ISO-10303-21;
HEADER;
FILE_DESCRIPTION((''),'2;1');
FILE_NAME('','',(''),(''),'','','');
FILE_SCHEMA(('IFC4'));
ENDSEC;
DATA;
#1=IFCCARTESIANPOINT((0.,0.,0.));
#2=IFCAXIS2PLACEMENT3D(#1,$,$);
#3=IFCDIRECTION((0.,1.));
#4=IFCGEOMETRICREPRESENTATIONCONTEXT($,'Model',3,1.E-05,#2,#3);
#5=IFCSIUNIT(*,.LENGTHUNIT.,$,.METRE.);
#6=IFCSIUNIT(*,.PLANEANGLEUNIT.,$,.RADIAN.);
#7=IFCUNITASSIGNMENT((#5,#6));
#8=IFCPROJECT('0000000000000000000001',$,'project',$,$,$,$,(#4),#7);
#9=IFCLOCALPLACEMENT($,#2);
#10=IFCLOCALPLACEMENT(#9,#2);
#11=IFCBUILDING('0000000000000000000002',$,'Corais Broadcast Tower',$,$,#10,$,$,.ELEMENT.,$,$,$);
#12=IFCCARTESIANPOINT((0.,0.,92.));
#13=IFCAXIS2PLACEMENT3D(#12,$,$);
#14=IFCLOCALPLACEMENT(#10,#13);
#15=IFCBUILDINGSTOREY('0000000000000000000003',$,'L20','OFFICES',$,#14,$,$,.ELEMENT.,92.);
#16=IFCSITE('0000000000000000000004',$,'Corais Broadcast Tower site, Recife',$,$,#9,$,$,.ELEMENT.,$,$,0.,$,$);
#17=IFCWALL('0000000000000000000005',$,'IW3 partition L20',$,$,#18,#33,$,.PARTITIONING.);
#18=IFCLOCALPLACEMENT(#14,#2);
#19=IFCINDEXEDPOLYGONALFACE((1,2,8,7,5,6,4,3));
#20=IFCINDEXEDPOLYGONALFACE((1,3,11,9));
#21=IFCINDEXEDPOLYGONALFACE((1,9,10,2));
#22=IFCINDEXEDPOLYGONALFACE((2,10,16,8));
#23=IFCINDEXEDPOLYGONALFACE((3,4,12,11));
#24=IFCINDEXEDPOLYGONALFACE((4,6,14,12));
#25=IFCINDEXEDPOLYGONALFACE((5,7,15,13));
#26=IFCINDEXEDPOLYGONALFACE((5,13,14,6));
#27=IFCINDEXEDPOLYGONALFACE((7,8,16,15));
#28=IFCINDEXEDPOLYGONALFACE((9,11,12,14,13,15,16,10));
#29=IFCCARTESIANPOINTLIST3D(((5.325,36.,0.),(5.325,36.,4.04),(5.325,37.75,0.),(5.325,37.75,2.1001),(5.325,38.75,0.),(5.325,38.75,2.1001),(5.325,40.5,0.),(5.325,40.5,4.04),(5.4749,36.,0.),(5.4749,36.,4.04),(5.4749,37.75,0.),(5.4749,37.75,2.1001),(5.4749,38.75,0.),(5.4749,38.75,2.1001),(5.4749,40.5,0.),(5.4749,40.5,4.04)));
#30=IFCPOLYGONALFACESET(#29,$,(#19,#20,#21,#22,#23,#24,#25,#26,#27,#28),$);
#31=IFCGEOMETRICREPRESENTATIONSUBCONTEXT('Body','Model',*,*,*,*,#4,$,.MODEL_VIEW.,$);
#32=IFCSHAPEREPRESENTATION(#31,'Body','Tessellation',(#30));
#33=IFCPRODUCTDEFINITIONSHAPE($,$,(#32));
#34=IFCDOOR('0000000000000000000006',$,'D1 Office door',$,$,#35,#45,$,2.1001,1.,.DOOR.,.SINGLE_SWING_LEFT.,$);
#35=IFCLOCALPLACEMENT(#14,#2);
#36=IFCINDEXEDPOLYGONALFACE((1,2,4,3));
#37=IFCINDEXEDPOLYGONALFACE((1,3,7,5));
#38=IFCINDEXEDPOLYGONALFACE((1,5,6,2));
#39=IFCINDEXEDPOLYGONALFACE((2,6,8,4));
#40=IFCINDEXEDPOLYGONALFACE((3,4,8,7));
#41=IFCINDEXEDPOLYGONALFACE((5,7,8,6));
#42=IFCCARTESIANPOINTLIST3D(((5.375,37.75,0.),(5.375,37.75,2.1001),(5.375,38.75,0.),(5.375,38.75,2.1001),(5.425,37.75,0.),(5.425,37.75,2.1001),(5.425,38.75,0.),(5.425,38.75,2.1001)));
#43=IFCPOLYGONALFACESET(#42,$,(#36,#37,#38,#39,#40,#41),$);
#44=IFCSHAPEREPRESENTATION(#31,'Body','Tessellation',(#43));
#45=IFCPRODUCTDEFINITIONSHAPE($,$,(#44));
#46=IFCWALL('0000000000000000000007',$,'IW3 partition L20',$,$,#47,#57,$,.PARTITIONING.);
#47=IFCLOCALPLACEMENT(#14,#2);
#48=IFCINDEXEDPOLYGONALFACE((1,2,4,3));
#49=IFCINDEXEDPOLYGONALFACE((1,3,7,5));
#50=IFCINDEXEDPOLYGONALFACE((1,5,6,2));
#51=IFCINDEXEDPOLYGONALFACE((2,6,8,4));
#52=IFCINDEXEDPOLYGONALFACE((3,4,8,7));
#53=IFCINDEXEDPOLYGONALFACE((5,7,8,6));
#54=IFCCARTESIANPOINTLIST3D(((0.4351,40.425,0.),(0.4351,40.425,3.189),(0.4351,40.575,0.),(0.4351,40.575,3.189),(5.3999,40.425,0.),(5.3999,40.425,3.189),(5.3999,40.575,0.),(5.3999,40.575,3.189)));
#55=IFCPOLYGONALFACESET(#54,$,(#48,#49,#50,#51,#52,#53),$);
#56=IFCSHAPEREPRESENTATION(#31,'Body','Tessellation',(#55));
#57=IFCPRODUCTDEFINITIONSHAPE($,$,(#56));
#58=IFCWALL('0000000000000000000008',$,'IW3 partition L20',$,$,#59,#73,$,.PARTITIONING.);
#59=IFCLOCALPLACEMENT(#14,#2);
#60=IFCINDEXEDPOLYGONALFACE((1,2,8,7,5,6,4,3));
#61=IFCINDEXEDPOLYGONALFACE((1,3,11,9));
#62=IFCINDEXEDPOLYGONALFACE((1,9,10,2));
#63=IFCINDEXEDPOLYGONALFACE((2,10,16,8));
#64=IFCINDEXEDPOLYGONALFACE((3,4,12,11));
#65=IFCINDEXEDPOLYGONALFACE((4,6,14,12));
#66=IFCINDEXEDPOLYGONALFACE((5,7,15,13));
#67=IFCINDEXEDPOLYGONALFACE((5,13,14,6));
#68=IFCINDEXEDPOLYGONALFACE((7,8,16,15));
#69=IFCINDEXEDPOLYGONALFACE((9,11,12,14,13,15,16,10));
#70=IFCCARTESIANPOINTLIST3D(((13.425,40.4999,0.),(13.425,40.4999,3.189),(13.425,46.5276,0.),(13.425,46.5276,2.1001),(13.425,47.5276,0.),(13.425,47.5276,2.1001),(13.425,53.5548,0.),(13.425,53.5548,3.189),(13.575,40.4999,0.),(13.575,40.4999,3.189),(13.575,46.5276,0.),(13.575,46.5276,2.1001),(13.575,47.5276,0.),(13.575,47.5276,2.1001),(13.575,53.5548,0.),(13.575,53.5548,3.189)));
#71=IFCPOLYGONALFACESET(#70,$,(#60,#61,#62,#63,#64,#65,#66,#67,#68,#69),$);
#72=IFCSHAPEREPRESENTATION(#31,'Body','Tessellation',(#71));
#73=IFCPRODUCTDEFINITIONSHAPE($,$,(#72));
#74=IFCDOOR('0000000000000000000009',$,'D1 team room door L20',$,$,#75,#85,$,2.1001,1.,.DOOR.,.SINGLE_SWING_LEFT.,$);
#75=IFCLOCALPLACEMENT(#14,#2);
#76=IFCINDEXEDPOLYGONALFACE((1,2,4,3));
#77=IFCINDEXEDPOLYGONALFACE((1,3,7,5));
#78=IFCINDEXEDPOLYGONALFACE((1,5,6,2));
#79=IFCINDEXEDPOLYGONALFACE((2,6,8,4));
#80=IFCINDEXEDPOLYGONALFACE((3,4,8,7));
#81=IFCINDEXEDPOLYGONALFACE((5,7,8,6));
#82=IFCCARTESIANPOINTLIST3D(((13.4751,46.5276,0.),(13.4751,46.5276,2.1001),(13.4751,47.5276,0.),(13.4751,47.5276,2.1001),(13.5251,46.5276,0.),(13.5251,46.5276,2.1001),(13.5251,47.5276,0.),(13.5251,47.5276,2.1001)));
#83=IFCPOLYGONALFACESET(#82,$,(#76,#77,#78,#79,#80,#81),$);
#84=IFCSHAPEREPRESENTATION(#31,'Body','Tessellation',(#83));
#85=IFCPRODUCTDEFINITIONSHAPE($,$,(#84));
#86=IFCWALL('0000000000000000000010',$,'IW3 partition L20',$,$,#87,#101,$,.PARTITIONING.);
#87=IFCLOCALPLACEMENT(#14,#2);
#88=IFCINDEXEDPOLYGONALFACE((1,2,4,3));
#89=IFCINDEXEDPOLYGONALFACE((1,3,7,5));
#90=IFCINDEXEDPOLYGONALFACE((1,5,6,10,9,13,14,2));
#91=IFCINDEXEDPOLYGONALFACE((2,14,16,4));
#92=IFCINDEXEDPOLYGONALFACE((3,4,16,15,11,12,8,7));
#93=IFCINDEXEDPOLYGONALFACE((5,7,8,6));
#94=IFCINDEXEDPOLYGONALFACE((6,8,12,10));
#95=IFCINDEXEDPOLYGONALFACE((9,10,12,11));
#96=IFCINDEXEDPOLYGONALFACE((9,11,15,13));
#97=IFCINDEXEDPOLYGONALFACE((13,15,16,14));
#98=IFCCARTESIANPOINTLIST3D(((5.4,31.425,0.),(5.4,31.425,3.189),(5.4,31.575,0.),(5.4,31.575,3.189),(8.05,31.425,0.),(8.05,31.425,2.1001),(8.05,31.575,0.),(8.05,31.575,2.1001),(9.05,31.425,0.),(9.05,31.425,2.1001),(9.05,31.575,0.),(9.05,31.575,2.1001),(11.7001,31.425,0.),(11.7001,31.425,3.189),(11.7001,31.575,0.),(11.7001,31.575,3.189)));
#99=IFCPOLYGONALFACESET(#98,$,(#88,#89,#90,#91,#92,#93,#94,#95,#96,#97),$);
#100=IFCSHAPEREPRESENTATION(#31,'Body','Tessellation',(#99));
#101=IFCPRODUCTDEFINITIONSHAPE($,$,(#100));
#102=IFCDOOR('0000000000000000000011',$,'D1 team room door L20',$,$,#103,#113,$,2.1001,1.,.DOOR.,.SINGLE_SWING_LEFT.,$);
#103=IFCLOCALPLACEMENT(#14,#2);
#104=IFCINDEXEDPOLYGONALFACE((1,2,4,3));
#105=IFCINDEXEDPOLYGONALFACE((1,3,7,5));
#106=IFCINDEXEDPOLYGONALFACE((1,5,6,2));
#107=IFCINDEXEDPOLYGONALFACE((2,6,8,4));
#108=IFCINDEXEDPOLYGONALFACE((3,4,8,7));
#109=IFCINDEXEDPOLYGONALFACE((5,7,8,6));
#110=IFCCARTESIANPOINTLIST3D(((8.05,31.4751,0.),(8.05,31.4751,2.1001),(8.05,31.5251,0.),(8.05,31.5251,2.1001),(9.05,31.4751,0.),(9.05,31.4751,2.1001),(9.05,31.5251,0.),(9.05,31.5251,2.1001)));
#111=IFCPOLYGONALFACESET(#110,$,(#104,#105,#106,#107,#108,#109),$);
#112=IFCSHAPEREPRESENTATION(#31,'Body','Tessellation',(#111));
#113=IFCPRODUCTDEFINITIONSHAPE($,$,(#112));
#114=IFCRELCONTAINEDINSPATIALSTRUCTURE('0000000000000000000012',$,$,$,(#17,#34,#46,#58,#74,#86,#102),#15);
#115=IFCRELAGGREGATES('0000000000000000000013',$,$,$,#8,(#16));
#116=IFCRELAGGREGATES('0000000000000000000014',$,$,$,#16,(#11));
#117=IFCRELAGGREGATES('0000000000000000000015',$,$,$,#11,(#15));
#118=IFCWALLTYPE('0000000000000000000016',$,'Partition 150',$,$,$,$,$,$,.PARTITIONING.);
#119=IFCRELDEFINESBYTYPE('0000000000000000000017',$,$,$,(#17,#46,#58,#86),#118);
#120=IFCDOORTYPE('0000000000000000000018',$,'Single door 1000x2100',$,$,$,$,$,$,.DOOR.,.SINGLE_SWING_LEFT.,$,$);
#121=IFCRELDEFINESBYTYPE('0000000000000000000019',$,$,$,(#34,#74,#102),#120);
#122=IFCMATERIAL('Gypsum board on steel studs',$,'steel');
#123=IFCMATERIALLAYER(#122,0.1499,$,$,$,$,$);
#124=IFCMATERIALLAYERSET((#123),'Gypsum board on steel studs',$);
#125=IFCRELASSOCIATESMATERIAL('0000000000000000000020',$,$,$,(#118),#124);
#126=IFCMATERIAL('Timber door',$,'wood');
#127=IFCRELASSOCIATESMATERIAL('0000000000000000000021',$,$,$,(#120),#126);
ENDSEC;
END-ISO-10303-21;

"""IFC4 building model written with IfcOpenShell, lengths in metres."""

from ifc_helpers import new_model, si_unit, direction, frame, frame_2d, origin, place, context, subcontext, project, spatial, rectangle, extrude, material, layer, layer_set, type_object, element, fill, save


model = new_model("IFC4")

# Units and contexts
model_context = context("Model", 3, precision=1e-05, world=origin(), true_north=direction((0.0, 1.0)))
body_context = subcontext(model_context, "Body", "Model", "MODEL_VIEW")
ifc_project = project(units=[si_unit("LENGTHUNIT", "METRE"), si_unit("PLANEANGLEUNIT", "RADIAN")], contexts=[model_context])

# Site, building, storey
site_placement = place(None, origin())
site = spatial("IfcSite", under=ifc_project, at=site_placement, Name="Corais Broadcast Tower site, Recife", CompositionType="ELEMENT", RefElevation=0.0)
building_placement = place(site_placement, origin())
building = spatial("IfcBuilding", under=site, at=building_placement, Name="Corais Broadcast Tower", CompositionType="ELEMENT")
storey_placement = place(building_placement, frame((0.0, 0.0, 92.0)))
storey = spatial("IfcBuildingStorey", under=building, at=storey_placement, Name="L20", Description="OFFICES", CompositionType="ELEMENT", Elevation=92.0)

# Shared definitions
ifc_material_1 = material(Name="Gypsum board on steel studs", Category="steel")
ifc_layer_1 = layer(ifc_material_1, 0.1499)
ifc_layer_set_1 = layer_set([ifc_layer_1], Name="Gypsum board on steel studs")
wall_type_1 = type_object("IfcWallType", Name="Partition 150", PredefinedType="PARTITIONING", material=ifc_layer_set_1)
ifc_material_2 = material(Name="Timber door", Category="wood")
door_type_1 = type_object("IfcDoorType", Name="Single door 1000x2100", OperationType="SINGLE_SWING_LEFT", PredefinedType="DOOR", material=ifc_material_2)

# Wall, opening, door
wall_1_placement = place(storey_placement, frame((5.3999, 36.0, 0.0), z_axis=(0.0, 0.0, 1.0), x_axis=(0.0, 1.0, 0.0)))
wall_1 = element("IfcWall", 1, at=wall_1_placement, inside=storey, type_object=wall_type_1, Name="IW3 partition L20", PredefinedType="PARTITIONING", context=body_context, shape_type="SweptSolid", body=[
    extrude(rectangle(XDim=4.5, YDim=0.1499, at=frame_2d((2.25, 0.0))), origin(), (0.0, 0.0, 1.0), 4.04),
])
opening_1_placement = place(wall_1_placement, frame((1.75, 0.0, 0.0)))
opening_1 = element("IfcOpeningElement", 2, at=opening_1_placement, cuts=wall_1, PredefinedType="OPENING", context=body_context, shape_type="SweptSolid", body=[
    extrude(rectangle(XDim=1.0, YDim=2.1001, at=frame_2d((0.5, 1.05))), frame((0.0, 0.085, 0.0), z_axis=(0.0, -1.0, 0.0), x_axis=(1.0, 0.0, 0.0)), (0.0, 0.0, 1.0), 0.1699),
])
door_1_placement = place(opening_1_placement, origin())
door_1 = element("IfcDoor", 3, at=door_1_placement, inside=storey, type_object=door_type_1, Name="D1 Office door", OperationType="SINGLE_SWING_LEFT", OverallHeight=2.1001, OverallWidth=1.0, PredefinedType="DOOR", context=body_context, shape_type="SweptSolid", body=[
    extrude(rectangle(XDim=1.0, YDim=2.1001, at=frame_2d((0.5, 1.05))), frame((0.0, 0.0249, 0.0), z_axis=(0.0, -1.0, 0.0), x_axis=(1.0, 0.0, 0.0)), (0.0, 0.0, 1.0), 0.05),
])
fill(opening_1, door_1)

# Wall
wall_2_placement = place(storey_placement, frame((5.3999, 40.5, 0.0), z_axis=(0.0, 0.0, 1.0), x_axis=(-1.0, 0.0, 0.0)))
element("IfcWall", 4, at=wall_2_placement, inside=storey, type_object=wall_type_1, Name="IW3 partition L20", PredefinedType="PARTITIONING", context=body_context, shape_type="SweptSolid", body=[
    extrude(rectangle(XDim=4.9648, YDim=0.1499, at=frame_2d((2.4824, 0.0))), origin(), (0.0, 0.0, 1.0), 3.189),
])

# Walls, openings, doors
wall_3_placement = place(storey_placement, frame((13.5, 40.5, 0.0), z_axis=(0.0, 0.0, 1.0), x_axis=(0.0, 1.0, 0.0)))
wall_3 = element("IfcWall", 5, at=wall_3_placement, inside=storey, type_object=wall_type_1, Name="IW3 partition L20", PredefinedType="PARTITIONING", context=body_context, shape_type="SweptSolid", body=[
    extrude(rectangle(XDim=13.0549, YDim=0.1499, at=frame_2d((6.5273, 0.0))), origin(), (0.0, 0.0, 1.0), 3.189),
])
opening_2_placement = place(wall_3_placement, frame((6.0276, 0.0, 0.0)))
opening_2 = element("IfcOpeningElement", 6, at=opening_2_placement, cuts=wall_3, PredefinedType="OPENING", context=body_context, shape_type="SweptSolid", body=[
    extrude(rectangle(XDim=1.0, YDim=2.1001, at=frame_2d((0.5, 1.05))), frame((0.0, 0.085, 0.0), z_axis=(0.0, -1.0, 0.0), x_axis=(1.0, 0.0, 0.0)), (0.0, 0.0, 1.0), 0.1699),
])
door_2_placement = place(opening_2_placement, origin())
door_2 = element("IfcDoor", 7, at=door_2_placement, inside=storey, type_object=door_type_1, Name="D1 team room door L20", OperationType="SINGLE_SWING_LEFT", OverallHeight=2.1001, OverallWidth=1.0, PredefinedType="DOOR", context=body_context, shape_type="SweptSolid", body=[
    extrude(rectangle(XDim=1.0, YDim=2.1001, at=frame_2d((0.5, 1.05))), frame((0.0, 0.0249, 0.0), z_axis=(0.0, -1.0, 0.0), x_axis=(1.0, 0.0, 0.0)), (0.0, 0.0, 1.0), 0.05),
])
fill(opening_2, door_2)
wall_4_placement = place(storey_placement, frame((11.7, 31.5, 0.0), z_axis=(0.0, 0.0, 1.0), x_axis=(-1.0, 0.0, 0.0)))
wall_4 = element("IfcWall", 8, at=wall_4_placement, inside=storey, type_object=wall_type_1, Name="IW3 partition L20", PredefinedType="PARTITIONING", context=body_context, shape_type="SweptSolid", body=[
    extrude(rectangle(XDim=6.3, YDim=0.1499, at=frame_2d((3.1499, 0.0))), origin(), (0.0, 0.0, 1.0), 3.189),
])
opening_3_placement = place(wall_4_placement, frame((2.6499, 0.0, 0.0)))
opening_3 = element("IfcOpeningElement", 9, at=opening_3_placement, cuts=wall_4, PredefinedType="OPENING", context=body_context, shape_type="SweptSolid", body=[
    extrude(rectangle(XDim=1.0, YDim=2.1001, at=frame_2d((0.5, 1.05))), frame((0.0, 0.085, 0.0), z_axis=(0.0, -1.0, 0.0), x_axis=(1.0, 0.0, 0.0)), (0.0, 0.0, 1.0), 0.1699),
])
door_3_placement = place(opening_3_placement, origin())
door_3 = element("IfcDoor", 10, at=door_3_placement, inside=storey, type_object=door_type_1, Name="D1 team room door L20", OperationType="SINGLE_SWING_LEFT", OverallHeight=2.1001, OverallWidth=1.0, PredefinedType="DOOR", context=body_context, shape_type="SweptSolid", body=[
    extrude(rectangle(XDim=1.0, YDim=2.1001, at=frame_2d((0.5, 1.05))), frame((0.0, 0.0249, 0.0), z_axis=(0.0, -1.0, 0.0), x_axis=(1.0, 0.0, 0.0)), (0.0, 0.0, 1.0), 0.05),
])
fill(opening_3, door_3)

save(model, "model.ifc")
